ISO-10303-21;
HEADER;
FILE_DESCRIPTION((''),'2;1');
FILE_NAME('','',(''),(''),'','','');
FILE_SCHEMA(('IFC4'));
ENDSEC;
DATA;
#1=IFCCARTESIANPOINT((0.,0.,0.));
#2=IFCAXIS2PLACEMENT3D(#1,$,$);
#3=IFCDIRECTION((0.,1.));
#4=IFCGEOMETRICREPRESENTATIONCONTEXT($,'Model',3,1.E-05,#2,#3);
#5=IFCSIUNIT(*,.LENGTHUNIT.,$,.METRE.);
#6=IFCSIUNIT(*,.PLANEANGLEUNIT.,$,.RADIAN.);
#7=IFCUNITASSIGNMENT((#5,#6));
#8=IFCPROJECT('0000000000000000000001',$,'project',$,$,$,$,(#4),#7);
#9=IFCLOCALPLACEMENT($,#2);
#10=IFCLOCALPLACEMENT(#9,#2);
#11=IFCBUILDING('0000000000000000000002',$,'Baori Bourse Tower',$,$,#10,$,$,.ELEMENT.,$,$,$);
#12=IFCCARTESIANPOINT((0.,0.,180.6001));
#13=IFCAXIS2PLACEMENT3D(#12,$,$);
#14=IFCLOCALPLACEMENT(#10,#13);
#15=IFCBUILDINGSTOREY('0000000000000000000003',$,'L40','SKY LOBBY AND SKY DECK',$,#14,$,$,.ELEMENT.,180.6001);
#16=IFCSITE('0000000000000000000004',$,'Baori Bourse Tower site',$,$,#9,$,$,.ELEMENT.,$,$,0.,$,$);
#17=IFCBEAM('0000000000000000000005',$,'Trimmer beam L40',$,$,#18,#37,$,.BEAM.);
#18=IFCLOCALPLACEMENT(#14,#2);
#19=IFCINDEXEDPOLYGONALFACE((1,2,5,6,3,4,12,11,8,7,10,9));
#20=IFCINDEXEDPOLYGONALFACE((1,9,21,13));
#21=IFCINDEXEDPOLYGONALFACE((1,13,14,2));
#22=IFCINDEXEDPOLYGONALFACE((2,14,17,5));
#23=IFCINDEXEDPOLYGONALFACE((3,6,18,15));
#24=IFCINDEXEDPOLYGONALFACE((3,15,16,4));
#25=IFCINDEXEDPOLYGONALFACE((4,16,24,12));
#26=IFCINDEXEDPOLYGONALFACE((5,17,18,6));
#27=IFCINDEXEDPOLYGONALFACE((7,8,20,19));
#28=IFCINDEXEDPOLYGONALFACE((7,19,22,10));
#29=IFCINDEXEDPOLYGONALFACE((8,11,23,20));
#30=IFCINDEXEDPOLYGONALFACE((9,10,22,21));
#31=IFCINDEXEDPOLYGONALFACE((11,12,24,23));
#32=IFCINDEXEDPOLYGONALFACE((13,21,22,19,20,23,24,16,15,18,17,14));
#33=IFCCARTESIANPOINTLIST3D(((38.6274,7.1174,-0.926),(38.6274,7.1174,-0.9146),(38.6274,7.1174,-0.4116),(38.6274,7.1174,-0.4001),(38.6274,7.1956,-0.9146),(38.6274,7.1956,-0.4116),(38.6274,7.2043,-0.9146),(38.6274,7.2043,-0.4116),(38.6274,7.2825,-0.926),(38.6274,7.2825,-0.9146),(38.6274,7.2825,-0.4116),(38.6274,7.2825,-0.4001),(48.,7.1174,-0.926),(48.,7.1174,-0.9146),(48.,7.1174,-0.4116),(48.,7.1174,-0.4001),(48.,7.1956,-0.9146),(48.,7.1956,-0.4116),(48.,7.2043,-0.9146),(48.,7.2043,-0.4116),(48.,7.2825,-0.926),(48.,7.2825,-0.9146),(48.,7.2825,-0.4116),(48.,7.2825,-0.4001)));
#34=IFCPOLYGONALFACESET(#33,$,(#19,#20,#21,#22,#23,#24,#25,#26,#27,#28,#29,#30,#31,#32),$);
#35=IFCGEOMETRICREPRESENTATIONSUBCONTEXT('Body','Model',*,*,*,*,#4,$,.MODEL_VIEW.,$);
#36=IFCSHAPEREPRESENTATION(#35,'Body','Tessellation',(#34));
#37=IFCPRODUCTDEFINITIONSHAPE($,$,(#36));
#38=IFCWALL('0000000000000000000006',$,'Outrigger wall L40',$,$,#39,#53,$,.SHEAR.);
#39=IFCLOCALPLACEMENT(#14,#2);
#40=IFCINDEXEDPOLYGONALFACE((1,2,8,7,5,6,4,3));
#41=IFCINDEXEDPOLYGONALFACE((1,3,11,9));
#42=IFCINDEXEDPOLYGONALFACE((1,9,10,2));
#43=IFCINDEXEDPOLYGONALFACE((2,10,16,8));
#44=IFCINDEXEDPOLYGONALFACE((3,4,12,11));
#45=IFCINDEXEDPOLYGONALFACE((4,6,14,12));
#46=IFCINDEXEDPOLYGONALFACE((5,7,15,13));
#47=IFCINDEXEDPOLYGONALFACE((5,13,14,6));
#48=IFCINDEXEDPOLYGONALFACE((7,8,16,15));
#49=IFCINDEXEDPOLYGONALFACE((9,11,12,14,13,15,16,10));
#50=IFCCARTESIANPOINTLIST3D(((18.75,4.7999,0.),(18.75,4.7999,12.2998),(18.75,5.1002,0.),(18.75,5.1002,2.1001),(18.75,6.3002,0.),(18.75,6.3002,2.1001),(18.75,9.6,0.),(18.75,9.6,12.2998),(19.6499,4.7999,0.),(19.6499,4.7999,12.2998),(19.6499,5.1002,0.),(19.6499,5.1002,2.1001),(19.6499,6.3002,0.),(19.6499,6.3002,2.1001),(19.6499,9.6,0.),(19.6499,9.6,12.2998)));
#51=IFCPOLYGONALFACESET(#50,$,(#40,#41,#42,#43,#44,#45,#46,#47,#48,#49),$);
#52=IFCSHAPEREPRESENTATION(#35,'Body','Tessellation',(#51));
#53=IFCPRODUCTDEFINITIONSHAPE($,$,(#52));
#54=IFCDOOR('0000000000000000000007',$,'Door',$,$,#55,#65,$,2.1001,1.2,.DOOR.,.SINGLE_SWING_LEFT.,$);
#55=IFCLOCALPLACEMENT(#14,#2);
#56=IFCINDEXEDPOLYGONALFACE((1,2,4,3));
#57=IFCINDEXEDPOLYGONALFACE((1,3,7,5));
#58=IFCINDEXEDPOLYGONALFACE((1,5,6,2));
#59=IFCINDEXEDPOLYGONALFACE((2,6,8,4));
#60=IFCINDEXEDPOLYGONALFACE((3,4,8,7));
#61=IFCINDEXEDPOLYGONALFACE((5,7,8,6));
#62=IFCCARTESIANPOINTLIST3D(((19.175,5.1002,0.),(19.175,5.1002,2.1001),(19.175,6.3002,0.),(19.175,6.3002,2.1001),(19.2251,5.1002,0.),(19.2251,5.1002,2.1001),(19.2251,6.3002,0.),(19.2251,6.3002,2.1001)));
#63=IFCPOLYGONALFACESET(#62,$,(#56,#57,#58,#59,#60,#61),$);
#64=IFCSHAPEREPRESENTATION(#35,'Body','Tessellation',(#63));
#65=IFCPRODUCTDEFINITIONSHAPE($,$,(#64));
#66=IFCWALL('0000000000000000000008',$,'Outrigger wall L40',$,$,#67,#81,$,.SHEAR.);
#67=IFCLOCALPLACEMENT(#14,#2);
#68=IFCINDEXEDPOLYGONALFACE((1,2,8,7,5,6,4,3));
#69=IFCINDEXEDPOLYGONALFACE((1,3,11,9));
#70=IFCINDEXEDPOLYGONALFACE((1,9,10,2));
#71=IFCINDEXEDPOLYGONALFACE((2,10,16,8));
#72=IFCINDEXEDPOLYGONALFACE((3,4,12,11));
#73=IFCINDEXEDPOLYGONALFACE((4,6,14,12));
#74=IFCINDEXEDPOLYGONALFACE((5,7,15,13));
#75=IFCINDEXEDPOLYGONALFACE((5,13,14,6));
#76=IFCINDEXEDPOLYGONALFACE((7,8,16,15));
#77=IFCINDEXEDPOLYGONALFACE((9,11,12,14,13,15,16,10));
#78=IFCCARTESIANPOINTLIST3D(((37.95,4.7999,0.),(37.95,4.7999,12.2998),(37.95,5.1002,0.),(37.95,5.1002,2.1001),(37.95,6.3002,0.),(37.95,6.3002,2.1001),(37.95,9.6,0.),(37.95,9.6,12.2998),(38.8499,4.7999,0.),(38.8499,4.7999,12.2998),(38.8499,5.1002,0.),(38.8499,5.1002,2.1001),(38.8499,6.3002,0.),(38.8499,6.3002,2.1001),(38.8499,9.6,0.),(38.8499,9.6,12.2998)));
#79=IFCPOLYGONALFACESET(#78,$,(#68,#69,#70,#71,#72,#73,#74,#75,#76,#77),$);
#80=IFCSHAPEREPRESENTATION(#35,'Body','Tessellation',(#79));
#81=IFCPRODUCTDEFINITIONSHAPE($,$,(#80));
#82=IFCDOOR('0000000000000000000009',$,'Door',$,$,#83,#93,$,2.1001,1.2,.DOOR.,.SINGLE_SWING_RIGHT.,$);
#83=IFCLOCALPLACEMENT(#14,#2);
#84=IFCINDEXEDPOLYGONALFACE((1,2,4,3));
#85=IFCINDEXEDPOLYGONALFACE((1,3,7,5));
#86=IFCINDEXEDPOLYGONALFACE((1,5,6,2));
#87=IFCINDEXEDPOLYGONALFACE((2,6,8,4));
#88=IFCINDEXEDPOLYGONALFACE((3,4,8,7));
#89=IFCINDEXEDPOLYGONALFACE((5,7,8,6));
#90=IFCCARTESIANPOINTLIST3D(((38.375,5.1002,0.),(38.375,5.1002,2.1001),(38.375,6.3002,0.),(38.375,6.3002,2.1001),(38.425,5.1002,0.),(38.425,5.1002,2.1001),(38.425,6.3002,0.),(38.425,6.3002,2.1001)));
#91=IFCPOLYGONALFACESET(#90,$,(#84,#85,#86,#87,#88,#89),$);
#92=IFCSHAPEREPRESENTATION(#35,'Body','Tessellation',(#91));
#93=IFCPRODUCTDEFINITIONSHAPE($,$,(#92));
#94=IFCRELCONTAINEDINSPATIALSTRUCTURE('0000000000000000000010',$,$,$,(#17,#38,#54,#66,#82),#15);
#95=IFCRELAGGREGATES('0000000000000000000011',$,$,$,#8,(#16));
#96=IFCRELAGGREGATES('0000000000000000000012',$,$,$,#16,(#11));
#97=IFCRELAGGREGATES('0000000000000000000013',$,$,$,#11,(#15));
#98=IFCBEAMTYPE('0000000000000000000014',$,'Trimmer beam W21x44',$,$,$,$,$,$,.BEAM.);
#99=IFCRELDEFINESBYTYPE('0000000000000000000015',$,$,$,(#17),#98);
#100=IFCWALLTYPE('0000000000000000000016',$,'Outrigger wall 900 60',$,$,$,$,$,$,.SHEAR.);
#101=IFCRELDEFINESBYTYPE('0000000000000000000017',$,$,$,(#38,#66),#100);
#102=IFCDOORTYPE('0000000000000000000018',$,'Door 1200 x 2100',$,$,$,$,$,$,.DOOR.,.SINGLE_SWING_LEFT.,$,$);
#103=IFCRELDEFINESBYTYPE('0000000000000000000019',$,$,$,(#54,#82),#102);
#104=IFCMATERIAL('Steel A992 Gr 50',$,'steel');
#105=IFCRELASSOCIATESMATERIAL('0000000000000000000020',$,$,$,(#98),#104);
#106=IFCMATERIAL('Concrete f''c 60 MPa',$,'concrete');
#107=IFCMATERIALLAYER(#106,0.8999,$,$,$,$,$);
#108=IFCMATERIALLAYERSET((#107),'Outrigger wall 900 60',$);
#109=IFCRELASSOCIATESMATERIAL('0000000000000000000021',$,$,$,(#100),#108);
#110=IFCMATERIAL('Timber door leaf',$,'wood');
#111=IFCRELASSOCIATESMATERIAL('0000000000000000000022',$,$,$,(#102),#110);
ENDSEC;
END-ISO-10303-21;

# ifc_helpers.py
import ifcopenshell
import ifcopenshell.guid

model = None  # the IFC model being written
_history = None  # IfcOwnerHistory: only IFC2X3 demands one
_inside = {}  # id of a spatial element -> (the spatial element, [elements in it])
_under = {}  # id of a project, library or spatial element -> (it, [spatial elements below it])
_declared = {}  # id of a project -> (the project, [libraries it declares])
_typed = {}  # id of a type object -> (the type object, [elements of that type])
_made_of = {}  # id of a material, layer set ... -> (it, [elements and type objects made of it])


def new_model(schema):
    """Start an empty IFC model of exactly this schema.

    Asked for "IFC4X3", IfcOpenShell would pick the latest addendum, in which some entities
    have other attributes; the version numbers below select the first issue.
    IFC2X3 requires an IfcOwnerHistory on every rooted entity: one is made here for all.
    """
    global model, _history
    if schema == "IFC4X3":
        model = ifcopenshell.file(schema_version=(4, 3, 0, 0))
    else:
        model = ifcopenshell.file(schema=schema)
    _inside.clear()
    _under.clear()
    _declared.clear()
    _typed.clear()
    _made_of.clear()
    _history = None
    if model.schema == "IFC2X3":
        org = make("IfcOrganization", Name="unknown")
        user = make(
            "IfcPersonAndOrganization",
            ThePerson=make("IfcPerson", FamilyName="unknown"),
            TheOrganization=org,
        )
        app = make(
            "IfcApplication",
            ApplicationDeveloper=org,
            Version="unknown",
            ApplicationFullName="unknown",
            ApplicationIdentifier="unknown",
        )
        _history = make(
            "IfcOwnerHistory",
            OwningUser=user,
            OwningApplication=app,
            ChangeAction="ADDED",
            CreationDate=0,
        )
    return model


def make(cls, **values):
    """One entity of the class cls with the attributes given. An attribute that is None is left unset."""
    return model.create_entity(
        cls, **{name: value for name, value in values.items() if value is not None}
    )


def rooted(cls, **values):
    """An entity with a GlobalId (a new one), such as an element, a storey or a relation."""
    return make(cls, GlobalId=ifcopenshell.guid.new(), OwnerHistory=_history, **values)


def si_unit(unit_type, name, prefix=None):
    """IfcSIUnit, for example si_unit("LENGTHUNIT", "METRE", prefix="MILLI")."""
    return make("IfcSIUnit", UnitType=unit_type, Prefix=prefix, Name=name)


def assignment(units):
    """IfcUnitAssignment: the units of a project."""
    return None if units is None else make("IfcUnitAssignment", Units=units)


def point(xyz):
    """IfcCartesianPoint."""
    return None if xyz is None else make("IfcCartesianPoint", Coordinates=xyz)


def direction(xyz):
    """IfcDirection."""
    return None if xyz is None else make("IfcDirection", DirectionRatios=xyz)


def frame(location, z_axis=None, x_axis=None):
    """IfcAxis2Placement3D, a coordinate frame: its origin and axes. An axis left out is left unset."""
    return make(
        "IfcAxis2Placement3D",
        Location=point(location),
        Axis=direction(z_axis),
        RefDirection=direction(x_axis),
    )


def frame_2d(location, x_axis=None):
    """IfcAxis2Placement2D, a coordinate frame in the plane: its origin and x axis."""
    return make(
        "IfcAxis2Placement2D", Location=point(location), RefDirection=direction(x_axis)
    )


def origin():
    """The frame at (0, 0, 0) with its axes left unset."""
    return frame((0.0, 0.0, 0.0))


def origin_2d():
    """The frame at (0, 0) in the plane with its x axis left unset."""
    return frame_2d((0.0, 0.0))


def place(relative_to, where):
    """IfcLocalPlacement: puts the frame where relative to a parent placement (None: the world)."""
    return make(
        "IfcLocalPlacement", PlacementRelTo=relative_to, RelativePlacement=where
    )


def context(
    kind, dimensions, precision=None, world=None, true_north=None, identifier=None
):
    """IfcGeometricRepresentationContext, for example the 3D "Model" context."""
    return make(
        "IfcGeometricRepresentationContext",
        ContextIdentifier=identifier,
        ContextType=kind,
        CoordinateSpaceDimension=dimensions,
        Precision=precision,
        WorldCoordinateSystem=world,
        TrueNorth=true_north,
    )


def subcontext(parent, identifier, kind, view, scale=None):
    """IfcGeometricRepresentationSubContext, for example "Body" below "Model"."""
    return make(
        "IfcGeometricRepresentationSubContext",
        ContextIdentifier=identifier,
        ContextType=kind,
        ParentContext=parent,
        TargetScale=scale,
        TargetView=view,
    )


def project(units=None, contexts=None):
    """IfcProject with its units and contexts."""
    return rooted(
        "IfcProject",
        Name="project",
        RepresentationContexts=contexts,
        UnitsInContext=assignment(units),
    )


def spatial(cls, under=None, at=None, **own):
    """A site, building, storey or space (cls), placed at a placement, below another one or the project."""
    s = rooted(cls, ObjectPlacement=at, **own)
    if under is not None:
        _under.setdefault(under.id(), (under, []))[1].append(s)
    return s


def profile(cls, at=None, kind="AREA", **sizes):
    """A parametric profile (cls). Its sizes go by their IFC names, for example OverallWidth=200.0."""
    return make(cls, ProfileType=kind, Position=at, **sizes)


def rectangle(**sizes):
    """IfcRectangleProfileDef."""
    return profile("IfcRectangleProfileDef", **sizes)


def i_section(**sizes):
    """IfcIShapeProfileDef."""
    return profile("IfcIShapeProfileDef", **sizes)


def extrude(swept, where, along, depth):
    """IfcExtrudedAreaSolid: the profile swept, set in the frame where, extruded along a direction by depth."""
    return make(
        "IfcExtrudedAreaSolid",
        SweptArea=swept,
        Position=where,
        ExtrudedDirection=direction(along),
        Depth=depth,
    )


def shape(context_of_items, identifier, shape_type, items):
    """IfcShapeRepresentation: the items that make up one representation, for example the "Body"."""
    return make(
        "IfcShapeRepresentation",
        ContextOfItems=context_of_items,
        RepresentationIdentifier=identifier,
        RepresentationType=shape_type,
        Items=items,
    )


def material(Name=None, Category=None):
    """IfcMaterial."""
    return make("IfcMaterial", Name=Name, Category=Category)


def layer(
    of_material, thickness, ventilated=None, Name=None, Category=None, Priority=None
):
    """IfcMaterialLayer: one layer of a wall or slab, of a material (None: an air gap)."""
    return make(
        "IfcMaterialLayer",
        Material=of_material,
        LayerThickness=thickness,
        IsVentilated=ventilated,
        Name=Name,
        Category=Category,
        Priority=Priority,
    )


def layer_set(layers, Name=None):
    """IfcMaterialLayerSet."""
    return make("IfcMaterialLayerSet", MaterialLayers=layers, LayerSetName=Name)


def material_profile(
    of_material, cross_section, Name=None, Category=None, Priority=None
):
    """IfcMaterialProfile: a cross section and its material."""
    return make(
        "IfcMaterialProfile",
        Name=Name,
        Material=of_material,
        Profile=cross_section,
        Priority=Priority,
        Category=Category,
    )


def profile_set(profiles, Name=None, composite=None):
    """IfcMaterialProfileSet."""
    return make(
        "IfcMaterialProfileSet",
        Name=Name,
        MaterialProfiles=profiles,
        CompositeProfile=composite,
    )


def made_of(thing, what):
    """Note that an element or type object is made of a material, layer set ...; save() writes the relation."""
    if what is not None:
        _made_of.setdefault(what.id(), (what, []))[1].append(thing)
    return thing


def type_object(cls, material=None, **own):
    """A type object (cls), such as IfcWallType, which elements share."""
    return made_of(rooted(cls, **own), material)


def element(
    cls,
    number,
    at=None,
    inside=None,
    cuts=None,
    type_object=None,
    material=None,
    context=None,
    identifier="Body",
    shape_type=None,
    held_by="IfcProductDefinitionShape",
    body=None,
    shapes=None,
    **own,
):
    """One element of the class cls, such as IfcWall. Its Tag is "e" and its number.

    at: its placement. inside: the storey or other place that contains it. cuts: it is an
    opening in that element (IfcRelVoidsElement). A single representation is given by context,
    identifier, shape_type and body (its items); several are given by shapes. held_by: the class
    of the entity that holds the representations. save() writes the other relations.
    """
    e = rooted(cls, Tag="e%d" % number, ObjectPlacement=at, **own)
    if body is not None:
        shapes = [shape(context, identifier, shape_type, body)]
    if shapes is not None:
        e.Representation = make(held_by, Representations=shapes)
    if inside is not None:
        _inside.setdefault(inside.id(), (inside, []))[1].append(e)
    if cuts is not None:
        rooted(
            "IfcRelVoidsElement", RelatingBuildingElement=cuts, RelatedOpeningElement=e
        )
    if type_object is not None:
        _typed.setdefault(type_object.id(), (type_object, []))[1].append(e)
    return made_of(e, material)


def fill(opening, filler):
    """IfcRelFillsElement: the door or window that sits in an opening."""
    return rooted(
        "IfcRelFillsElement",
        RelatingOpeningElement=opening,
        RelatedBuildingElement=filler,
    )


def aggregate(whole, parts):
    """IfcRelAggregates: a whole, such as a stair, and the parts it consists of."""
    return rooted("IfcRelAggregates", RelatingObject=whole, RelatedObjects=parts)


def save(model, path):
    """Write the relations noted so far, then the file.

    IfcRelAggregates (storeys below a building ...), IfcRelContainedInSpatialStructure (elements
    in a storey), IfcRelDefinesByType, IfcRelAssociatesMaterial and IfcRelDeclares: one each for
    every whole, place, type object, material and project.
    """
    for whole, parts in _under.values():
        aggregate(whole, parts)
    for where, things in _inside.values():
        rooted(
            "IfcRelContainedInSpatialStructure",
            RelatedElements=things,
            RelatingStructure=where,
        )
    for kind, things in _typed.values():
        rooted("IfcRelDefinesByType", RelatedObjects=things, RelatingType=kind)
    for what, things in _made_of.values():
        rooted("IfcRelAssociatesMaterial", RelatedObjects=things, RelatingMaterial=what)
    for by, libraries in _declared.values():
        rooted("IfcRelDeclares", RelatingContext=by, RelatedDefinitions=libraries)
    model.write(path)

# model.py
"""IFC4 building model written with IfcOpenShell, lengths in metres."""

from ifc_helpers import new_model, si_unit, direction, frame, frame_2d, origin, origin_2d, place, context, subcontext, project, spatial, rectangle, i_section, extrude, material, layer, layer_set, material_profile, profile_set, type_object, element, fill, save


model = new_model("IFC4")

# Units and contexts
model_context = context("Model", 3, precision=1e-05, world=origin(), true_north=direction((0.0, 1.0)))
body_context = subcontext(model_context, "Body", "Model", "MODEL_VIEW")
ifc_project = project(units=[si_unit("LENGTHUNIT", "METRE"), si_unit("PLANEANGLEUNIT", "RADIAN")], contexts=[model_context])

# Site, building, storey
site_placement = place(None, origin())
site = spatial("IfcSite", under=ifc_project, at=site_placement, Name="Baori Bourse Tower site", CompositionType="ELEMENT", RefElevation=0.0)
building_placement = place(site_placement, origin())
building = spatial("IfcBuilding", under=site, at=building_placement, Name="Baori Bourse Tower", CompositionType="ELEMENT")
storey_placement = place(building_placement, frame((0.0, 0.0, 180.6001)))
storey = spatial("IfcBuildingStorey", under=building, at=storey_placement, Name="L40", Description="SKY LOBBY AND SKY DECK", CompositionType="ELEMENT", Elevation=180.6001)

# Beam
ifc_material_1 = material(Name="Steel A992 Gr 50", Category="steel")
ifc_material_profile_1 = material_profile(ifc_material_1, i_section(OverallWidth=0.165, OverallDepth=0.5259, WebThickness=0.0088, FlangeThickness=0.0115, at=origin_2d()), Name="W21x44")
ifc_profile_set_1 = profile_set([ifc_material_profile_1], Name="Steel A992 Gr 50")
beam_type_1 = type_object("IfcBeamType", Name="Trimmer beam W21x44", PredefinedType="BEAM", material=ifc_profile_set_1)
beam_1_placement = place(storey_placement, frame((38.6274, 7.2, -0.6631), z_axis=(1.0, 0.0, 0.0), x_axis=(0.0, 1.0, 0.0)))
element("IfcBeam", 1, at=beam_1_placement, inside=storey, type_object=beam_type_1, Name="Trimmer beam L40", PredefinedType="BEAM", context=body_context, shape_type="SweptSolid", body=[
    extrude(i_section(OverallWidth=0.165, OverallDepth=0.5259, WebThickness=0.0088, FlangeThickness=0.0115, at=origin_2d()), origin(), (0.0, 0.0, 1.0), 9.3726),
])

# Walls, openings, doors
ifc_material_2 = material(Name="Concrete f'c 60 MPa", Category="concrete")
ifc_layer = layer(ifc_material_2, 0.8999)
ifc_layer_set = layer_set([ifc_layer], Name="Outrigger wall 900 60")
wall_type = type_object("IfcWallType", Name="Outrigger wall 900 60", PredefinedType="SHEAR", material=ifc_layer_set)
wall_1_placement = place(storey_placement, frame((19.2, 4.8, 0.0), z_axis=(0.0, 0.0, 1.0), x_axis=(0.0, 1.0, 0.0)))
wall_1 = element("IfcWall", 2, at=wall_1_placement, inside=storey, type_object=wall_type, Name="Outrigger wall L40", PredefinedType="SHEAR", context=body_context, shape_type="SweptSolid", body=[
    extrude(rectangle(XDim=4.8, YDim=0.8999, at=frame_2d((2.3999, 0.0))), origin(), (0.0, 0.0, 1.0), 12.2998),
])
opening_1_placement = place(wall_1_placement, frame((0.3, 0.0, 0.0)))
opening_1 = element("IfcOpeningElement", 3, at=opening_1_placement, cuts=wall_1, PredefinedType="OPENING", context=body_context, shape_type="SweptSolid", body=[
    extrude(rectangle(XDim=1.2, YDim=2.1001, at=frame_2d((0.6001, 1.05))), frame((0.0, 0.46, 0.0), z_axis=(0.0, -1.0, 0.0), x_axis=(1.0, 0.0, 0.0)), (0.0, 0.0, 1.0), 0.9199),
])
ifc_material_3 = material(Name="Timber door leaf", Category="wood")
door_type = type_object("IfcDoorType", Name="Door 1200 x 2100", OperationType="SINGLE_SWING_LEFT", PredefinedType="DOOR", material=ifc_material_3)
door_1_placement = place(opening_1_placement, origin())
door_1 = element("IfcDoor", 4, at=door_1_placement, inside=storey, type_object=door_type, Name="Door", OperationType="SINGLE_SWING_LEFT", OverallHeight=2.1001, OverallWidth=1.2, PredefinedType="DOOR", context=body_context, shape_type="SweptSolid", body=[
    extrude(rectangle(XDim=1.2, YDim=2.1001, at=frame_2d((0.6001, 1.05))), frame((0.0, 0.0249, 0.0), z_axis=(0.0, -1.0, 0.0), x_axis=(1.0, 0.0, 0.0)), (0.0, 0.0, 1.0), 0.05),
])
fill(opening_1, door_1)
wall_2_placement = place(storey_placement, frame((38.3999, 4.8, 0.0), z_axis=(0.0, 0.0, 1.0), x_axis=(0.0, 1.0, 0.0)))
wall_2 = element("IfcWall", 5, at=wall_2_placement, inside=storey, type_object=wall_type, Name="Outrigger wall L40", PredefinedType="SHEAR", context=body_context, shape_type="SweptSolid", body=[
    extrude(rectangle(XDim=4.8, YDim=0.8999, at=frame_2d((2.3999, 0.0))), origin(), (0.0, 0.0, 1.0), 12.2998),
])
opening_2_placement = place(wall_2_placement, frame((0.3, 0.0, 0.0)))
opening_2 = element("IfcOpeningElement", 6, at=opening_2_placement, cuts=wall_2, PredefinedType="OPENING", context=body_context, shape_type="SweptSolid", body=[
    extrude(rectangle(XDim=1.2, YDim=2.1001, at=frame_2d((0.6001, 1.05))), frame((0.0, 0.46, 0.0), z_axis=(0.0, -1.0, 0.0), x_axis=(1.0, 0.0, 0.0)), (0.0, 0.0, 1.0), 0.9199),
])
door_2_placement = place(opening_2_placement, origin())
door_2 = element("IfcDoor", 7, at=door_2_placement, inside=storey, type_object=door_type, Name="Door", OperationType="SINGLE_SWING_RIGHT", OverallHeight=2.1001, OverallWidth=1.2, PredefinedType="DOOR", context=body_context, shape_type="SweptSolid", body=[
    extrude(rectangle(XDim=1.2, YDim=2.1001, at=frame_2d((0.6001, 1.05))), frame((0.0, 0.0249, 0.0), z_axis=(0.0, -1.0, 0.0), x_axis=(1.0, 0.0, 0.0)), (0.0, 0.0, 1.0), 0.05),
])
fill(opening_2, door_2)

save(model, "model.ifc")
